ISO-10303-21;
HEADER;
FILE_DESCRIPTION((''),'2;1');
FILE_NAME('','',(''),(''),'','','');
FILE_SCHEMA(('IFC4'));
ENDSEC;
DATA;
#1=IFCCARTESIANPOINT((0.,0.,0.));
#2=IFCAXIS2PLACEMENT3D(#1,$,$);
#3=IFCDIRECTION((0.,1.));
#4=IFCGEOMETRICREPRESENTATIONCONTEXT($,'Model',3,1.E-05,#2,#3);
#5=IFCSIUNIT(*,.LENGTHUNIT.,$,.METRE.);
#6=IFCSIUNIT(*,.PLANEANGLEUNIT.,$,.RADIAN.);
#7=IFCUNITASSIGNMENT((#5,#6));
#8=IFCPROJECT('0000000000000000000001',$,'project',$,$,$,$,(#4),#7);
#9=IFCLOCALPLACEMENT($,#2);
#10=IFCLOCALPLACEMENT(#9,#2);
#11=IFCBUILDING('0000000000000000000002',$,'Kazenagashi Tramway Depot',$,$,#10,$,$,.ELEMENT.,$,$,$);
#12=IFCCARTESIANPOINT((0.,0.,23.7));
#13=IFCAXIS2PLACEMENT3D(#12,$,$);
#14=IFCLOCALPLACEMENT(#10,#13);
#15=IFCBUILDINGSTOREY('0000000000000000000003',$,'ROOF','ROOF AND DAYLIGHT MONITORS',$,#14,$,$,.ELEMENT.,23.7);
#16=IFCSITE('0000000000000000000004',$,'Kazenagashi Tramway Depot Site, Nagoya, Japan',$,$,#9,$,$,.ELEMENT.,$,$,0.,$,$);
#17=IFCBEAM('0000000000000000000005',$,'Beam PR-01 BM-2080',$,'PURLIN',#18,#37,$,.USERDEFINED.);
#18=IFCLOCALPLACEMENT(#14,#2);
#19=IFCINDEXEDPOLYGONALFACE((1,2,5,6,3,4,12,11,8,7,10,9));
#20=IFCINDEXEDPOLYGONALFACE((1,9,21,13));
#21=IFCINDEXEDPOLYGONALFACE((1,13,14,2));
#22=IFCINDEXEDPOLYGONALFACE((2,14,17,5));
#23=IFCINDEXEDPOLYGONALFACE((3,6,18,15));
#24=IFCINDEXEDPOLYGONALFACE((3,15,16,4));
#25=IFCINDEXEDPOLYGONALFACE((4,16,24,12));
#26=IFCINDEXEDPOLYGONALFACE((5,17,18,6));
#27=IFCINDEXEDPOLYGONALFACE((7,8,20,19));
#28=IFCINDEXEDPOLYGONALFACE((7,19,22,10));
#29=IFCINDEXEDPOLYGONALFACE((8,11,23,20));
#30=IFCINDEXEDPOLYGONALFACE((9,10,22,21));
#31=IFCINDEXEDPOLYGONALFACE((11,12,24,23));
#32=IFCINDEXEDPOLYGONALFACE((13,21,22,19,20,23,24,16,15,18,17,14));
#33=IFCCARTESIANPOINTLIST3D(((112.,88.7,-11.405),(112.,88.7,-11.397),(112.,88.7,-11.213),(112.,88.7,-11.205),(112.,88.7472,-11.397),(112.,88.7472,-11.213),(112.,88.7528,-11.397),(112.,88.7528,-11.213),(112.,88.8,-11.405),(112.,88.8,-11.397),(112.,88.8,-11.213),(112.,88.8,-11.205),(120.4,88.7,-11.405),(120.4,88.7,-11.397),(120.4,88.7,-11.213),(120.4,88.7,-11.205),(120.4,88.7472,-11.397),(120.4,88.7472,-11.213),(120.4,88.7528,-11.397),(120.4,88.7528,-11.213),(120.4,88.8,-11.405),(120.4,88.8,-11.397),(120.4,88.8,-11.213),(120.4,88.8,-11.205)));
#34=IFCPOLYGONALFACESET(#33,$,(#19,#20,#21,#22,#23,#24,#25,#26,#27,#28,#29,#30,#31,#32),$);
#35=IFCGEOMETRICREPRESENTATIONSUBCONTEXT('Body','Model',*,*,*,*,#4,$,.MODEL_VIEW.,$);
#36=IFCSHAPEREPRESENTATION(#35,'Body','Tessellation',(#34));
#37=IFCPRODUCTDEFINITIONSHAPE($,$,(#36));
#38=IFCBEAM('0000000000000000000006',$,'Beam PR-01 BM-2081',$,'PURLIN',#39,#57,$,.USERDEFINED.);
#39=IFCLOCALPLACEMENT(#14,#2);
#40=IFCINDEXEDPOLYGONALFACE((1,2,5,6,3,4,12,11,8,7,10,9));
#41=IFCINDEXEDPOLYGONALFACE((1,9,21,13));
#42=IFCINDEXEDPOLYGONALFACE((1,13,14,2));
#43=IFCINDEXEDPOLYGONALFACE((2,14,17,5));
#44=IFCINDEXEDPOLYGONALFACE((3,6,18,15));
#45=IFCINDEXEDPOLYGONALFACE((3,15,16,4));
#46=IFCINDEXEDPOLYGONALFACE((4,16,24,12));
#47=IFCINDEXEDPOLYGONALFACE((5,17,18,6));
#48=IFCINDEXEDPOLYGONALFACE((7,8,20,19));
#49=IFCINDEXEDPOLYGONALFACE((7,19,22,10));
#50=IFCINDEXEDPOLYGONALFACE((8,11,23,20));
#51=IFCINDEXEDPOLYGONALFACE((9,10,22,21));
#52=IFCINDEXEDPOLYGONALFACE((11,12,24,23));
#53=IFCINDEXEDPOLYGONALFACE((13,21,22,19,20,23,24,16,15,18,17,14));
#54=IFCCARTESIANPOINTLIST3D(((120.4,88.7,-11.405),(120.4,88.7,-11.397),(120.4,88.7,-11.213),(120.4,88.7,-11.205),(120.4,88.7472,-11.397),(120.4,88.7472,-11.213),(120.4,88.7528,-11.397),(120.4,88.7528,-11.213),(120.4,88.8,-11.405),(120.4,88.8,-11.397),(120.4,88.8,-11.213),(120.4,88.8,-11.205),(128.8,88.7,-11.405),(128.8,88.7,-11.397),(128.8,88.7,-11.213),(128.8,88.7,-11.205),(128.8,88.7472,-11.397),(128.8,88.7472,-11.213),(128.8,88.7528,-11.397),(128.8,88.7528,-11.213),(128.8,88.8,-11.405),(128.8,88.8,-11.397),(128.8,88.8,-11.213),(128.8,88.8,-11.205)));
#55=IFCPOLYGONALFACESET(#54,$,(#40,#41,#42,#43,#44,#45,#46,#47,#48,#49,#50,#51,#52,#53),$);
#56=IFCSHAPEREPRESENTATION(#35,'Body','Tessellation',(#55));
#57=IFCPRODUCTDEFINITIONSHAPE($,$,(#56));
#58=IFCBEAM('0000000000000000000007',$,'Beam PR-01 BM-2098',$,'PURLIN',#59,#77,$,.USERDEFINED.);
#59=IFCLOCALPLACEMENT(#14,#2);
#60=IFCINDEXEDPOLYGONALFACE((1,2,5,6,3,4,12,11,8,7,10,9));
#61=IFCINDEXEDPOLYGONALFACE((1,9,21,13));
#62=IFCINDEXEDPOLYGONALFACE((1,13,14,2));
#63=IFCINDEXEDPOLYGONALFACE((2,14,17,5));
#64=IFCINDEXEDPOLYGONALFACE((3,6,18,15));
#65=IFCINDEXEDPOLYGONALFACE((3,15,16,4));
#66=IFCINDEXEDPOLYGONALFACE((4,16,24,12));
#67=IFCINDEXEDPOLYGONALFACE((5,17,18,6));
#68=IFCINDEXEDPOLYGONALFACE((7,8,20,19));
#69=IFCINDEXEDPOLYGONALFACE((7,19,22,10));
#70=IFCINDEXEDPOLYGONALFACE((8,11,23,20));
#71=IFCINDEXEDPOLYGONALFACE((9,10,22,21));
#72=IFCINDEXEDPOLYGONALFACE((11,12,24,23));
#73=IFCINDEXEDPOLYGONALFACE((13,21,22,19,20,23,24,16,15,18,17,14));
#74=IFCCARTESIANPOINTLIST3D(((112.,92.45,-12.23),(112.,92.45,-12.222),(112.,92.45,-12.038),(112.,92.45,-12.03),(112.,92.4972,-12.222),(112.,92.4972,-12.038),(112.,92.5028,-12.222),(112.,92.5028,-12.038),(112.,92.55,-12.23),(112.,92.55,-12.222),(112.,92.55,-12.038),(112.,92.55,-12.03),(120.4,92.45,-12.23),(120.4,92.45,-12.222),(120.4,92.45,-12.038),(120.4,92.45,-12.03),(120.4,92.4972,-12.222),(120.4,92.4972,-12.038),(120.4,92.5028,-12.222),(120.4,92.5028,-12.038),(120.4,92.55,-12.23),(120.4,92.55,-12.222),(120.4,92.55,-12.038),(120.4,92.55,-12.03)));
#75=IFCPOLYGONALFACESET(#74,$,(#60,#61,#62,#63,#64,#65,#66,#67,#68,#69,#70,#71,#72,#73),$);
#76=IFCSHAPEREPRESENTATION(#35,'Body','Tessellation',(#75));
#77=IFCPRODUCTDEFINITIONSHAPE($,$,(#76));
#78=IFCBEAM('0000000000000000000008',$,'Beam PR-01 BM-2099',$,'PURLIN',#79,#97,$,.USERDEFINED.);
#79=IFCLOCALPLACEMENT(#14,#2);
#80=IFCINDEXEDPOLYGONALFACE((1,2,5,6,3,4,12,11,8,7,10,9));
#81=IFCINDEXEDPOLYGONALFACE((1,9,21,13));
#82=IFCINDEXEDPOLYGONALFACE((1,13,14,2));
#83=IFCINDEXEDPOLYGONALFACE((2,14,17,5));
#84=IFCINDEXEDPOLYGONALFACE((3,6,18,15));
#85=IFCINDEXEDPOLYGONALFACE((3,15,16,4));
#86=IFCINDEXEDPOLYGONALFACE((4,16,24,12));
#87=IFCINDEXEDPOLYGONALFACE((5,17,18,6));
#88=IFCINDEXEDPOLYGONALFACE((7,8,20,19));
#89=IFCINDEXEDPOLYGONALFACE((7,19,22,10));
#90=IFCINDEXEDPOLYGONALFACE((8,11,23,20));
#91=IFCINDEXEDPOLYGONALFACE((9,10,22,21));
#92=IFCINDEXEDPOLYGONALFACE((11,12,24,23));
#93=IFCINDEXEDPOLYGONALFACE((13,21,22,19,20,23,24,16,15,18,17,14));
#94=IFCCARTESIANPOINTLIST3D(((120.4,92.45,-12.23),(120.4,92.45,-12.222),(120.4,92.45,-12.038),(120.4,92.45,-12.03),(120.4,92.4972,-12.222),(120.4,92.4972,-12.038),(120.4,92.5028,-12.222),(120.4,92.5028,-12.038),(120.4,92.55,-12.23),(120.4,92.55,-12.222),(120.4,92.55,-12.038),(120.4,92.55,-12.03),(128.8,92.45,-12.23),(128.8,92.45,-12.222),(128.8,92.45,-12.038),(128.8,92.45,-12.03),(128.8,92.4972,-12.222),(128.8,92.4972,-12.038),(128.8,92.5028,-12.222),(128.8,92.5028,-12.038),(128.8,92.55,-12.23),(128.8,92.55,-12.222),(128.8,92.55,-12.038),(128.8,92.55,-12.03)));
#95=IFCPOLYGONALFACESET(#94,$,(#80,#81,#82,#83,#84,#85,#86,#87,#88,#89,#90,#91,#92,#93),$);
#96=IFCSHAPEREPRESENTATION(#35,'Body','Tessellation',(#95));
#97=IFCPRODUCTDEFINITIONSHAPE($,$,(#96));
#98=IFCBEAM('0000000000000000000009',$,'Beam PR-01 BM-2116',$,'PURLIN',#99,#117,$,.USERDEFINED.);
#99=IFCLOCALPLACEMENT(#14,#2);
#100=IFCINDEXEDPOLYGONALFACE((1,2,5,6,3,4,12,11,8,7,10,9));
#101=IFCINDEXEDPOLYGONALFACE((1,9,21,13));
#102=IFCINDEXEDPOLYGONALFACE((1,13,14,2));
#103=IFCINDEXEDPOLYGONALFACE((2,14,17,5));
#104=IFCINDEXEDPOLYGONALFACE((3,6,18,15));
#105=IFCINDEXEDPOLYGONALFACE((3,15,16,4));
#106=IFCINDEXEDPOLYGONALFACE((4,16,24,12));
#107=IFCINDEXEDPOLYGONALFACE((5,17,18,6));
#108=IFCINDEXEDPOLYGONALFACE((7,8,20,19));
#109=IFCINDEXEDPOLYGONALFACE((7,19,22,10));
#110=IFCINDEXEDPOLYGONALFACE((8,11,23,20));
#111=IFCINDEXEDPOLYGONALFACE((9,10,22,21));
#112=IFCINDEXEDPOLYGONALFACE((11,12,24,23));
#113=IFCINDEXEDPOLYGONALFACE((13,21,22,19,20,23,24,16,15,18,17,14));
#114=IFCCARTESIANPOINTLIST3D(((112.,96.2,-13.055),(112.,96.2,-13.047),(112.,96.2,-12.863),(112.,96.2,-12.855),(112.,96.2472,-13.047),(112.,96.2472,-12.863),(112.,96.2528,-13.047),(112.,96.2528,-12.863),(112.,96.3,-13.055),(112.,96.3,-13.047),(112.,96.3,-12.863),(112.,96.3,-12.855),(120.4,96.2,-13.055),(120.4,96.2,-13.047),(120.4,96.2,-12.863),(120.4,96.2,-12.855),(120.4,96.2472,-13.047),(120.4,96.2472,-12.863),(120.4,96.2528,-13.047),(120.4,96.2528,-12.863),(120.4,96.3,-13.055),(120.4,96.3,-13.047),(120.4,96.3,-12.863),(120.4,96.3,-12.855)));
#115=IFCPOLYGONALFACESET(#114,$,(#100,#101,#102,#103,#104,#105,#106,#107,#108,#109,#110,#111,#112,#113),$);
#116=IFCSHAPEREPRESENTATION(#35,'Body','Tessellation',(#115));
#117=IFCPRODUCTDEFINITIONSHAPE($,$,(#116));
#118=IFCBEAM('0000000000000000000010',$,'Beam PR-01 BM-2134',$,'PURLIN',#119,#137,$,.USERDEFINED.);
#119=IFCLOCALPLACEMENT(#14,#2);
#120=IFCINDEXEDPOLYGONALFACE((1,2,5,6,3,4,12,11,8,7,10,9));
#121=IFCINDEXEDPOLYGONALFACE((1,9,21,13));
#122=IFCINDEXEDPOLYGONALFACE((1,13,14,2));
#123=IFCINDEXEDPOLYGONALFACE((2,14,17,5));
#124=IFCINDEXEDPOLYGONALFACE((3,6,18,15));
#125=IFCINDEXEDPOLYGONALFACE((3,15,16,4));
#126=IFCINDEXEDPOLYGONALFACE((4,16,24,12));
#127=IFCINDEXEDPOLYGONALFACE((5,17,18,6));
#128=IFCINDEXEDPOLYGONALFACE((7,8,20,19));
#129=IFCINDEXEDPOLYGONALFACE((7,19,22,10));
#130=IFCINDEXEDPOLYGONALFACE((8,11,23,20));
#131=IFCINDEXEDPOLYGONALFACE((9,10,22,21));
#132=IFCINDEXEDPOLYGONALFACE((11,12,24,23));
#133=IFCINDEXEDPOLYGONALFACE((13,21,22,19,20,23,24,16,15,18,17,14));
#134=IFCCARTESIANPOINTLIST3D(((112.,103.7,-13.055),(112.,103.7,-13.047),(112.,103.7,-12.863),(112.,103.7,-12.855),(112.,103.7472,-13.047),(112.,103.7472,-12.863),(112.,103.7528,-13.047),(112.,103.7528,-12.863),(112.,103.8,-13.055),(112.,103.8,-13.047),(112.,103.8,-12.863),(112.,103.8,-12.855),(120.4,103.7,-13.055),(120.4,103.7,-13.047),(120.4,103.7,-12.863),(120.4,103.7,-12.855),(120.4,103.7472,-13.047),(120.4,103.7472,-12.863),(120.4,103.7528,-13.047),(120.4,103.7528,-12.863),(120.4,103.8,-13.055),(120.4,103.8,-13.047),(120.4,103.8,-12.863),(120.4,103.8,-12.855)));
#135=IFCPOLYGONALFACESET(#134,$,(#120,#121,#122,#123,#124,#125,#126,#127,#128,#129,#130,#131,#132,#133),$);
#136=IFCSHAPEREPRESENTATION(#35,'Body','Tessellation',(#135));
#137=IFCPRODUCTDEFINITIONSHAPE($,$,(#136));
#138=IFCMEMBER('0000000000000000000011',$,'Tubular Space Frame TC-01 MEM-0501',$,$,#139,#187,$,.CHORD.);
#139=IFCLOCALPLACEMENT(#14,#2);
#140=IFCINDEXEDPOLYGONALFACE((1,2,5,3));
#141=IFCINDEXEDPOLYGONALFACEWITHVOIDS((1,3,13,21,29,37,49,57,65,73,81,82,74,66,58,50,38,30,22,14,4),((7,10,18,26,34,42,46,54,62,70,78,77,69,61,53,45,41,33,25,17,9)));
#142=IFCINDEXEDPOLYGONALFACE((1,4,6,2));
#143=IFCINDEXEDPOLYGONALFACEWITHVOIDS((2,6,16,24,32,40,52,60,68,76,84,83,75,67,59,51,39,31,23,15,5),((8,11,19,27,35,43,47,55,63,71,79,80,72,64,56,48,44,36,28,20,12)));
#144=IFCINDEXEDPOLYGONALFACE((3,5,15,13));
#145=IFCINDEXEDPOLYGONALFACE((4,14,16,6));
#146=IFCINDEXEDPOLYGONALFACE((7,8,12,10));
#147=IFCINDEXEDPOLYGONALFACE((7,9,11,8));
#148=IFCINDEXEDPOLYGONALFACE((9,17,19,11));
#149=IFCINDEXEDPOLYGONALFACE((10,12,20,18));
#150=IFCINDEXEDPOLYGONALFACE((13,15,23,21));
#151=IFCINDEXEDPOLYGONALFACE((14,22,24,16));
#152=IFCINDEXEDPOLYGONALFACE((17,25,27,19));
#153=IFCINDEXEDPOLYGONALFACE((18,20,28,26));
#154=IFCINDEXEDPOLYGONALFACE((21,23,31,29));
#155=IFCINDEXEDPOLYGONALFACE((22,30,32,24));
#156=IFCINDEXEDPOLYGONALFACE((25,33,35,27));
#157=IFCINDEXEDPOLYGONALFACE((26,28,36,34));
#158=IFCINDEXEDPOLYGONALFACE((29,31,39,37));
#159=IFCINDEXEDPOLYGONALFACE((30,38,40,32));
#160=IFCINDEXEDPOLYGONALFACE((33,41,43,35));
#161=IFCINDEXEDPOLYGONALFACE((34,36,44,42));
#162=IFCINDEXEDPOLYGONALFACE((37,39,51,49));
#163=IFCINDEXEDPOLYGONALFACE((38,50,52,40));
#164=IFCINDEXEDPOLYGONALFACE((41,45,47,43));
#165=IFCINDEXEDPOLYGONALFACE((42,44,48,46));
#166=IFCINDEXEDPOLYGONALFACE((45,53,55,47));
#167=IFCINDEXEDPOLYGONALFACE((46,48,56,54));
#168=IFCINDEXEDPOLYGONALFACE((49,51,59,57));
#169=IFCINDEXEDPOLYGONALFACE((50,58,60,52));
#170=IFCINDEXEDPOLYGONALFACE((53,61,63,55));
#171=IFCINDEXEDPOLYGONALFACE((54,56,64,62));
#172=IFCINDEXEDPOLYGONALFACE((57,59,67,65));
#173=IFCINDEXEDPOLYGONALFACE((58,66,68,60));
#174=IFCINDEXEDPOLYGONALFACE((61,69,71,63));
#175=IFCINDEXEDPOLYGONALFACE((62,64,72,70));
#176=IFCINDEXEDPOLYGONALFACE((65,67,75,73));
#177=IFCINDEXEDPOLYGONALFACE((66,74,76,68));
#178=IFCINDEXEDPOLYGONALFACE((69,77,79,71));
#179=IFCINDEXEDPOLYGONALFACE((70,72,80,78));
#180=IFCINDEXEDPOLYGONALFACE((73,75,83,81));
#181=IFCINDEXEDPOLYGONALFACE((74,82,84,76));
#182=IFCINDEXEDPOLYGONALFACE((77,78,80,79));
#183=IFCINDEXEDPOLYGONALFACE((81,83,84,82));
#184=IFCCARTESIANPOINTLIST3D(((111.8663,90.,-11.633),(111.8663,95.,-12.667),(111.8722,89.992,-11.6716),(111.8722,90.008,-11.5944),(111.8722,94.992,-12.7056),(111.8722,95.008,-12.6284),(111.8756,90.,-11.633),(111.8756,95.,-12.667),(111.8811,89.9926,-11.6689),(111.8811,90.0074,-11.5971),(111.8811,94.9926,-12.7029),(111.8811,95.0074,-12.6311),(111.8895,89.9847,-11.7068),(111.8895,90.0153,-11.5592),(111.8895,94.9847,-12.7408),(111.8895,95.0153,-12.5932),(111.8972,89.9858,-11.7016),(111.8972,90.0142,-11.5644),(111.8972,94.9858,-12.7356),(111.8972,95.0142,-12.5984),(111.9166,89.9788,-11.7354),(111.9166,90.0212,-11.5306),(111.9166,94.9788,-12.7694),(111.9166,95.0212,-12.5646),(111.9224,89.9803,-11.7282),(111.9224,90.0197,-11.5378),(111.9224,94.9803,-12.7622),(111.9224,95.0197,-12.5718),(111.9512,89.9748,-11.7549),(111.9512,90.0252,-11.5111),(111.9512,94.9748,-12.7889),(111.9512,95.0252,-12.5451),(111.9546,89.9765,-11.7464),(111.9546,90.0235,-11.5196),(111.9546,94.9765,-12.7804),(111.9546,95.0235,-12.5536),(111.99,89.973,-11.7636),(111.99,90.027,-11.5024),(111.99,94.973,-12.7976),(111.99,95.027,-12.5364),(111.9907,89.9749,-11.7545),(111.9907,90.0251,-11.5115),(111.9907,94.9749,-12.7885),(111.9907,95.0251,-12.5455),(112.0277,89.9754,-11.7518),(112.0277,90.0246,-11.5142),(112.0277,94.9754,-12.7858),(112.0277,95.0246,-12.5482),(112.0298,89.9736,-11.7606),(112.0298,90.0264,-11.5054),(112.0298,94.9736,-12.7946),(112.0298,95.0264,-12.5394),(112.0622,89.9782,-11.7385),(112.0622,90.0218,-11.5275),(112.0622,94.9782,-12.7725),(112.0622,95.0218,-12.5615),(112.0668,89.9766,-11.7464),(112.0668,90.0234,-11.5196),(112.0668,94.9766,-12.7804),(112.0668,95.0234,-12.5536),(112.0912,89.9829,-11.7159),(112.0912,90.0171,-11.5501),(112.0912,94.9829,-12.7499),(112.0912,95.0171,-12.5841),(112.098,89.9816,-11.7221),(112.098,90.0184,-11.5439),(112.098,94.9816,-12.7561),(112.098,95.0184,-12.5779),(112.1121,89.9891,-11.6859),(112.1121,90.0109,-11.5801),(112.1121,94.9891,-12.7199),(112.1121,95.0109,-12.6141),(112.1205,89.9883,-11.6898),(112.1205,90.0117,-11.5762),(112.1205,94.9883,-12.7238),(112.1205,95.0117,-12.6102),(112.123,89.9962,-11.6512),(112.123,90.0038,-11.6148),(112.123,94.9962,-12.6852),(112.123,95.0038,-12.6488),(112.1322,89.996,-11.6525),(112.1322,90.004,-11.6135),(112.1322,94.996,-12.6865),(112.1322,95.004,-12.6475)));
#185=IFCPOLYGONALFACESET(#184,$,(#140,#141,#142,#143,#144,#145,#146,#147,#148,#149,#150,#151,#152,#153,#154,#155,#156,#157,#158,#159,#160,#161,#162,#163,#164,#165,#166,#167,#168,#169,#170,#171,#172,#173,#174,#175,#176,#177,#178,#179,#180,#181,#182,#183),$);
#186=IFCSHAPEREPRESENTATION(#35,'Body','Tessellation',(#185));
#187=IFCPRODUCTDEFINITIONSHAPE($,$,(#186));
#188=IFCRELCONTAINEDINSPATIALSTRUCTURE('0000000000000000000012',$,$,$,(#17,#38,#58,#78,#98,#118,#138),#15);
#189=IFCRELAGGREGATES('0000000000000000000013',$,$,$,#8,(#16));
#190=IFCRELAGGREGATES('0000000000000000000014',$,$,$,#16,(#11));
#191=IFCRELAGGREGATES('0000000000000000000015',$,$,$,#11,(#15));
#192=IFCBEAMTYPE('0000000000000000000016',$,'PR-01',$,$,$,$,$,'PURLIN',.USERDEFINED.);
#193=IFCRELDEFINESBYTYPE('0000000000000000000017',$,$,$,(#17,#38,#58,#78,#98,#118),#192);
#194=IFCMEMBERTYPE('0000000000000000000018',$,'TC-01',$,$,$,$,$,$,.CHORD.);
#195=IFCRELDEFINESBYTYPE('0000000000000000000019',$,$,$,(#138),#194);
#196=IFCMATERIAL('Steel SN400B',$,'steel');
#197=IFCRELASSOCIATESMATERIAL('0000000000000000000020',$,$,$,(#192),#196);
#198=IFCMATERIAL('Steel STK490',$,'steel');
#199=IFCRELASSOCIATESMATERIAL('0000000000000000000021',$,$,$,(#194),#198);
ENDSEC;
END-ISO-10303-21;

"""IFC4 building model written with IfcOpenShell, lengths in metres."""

from ifc_helpers import new_model, si_unit, direction, frame, origin, origin_2d, place, context, subcontext, project, spatial, hollow_circle, i_section, extrude, material, material_profile, profile_set, type_object, element, save


model = new_model("IFC4")

# Units and contexts
model_context = context("Model", 3, precision=1e-05, world=origin(), true_north=direction((0.0, 1.0)))
body_context = subcontext(model_context, "Body", "Model", "MODEL_VIEW")
ifc_project = project(units=[si_unit("LENGTHUNIT", "METRE"), si_unit("PLANEANGLEUNIT", "RADIAN")], contexts=[model_context])

# Site, building, storey
site_placement = place(None, origin())
site = spatial("IfcSite", under=ifc_project, at=site_placement, Name="Kazenagashi Tramway Depot Site, Nagoya, Japan", CompositionType="ELEMENT", RefElevation=0.0)
building_placement = place(site_placement, origin())
building = spatial("IfcBuilding", under=site, at=building_placement, Name="Kazenagashi Tramway Depot", CompositionType="ELEMENT")
storey_placement = place(building_placement, frame((0.0, 0.0, 23.7)))
storey = spatial("IfcBuildingStorey", under=building, at=storey_placement, Name="ROOF", Description="ROOF AND DAYLIGHT MONITORS", CompositionType="ELEMENT", Elevation=23.7)

# Beams
ifc_material_1 = material(Name="Steel SN400B", Category="steel")
ifc_material_profile_1 = material_profile(ifc_material_1, i_section(OverallWidth=0.1, OverallDepth=0.2, WebThickness=0.0055, FlangeThickness=0.008, at=origin_2d()), Name="H-200x100x5.5x8")
ifc_profile_set_1 = profile_set([ifc_material_profile_1], Name="Steel SN400B")
beam_type = type_object("IfcBeamType", Name="PR-01", ElementType="PURLIN", PredefinedType="USERDEFINED", material=ifc_profile_set_1)
for number, where, z_axis, x_axis, name in (
    (1, (112.0, 88.75, -11.305), (1.0, 0.0, 0.0), (0.0, 1.0, 0.0), "Beam PR-01 BM-2080"),
    (2, (120.4, 88.75, -11.305), (1.0, 0.0, 0.0), (0.0, 1.0, 0.0), "Beam PR-01 BM-2081"),
    (3, (112.0, 92.5, -12.13), (1.0, 0.0, 0.0), (0.0, 1.0, 0.0), "Beam PR-01 BM-2098"),
    (4, (120.4, 92.5, -12.13), (1.0, 0.0, 0.0), (0.0, 1.0, 0.0), "Beam PR-01 BM-2099"),
    (5, (112.0, 96.25, -12.955), (1.0, 0.0, 0.0), (0.0, 1.0, 0.0), "Beam PR-01 BM-2116"),
    (6, (112.0, 103.75, -12.955), (1.0, 0.0, 0.0), (0.0, 1.0, 0.0), "Beam PR-01 BM-2134"),
):
    element("IfcBeam", number, at=place(storey_placement, frame(where, z_axis=z_axis, x_axis=x_axis)), inside=storey, type_object=beam_type, Name=name, ObjectType="PURLIN", PredefinedType="USERDEFINED", context=body_context, shape_type="SweptSolid", body=[
        extrude(i_section(OverallWidth=0.1, OverallDepth=0.2, WebThickness=0.0055, FlangeThickness=0.008, at=origin_2d()), origin(), (0.0, 0.0, 1.0), 8.4),
    ])

# Member
ifc_material_2 = material(Name="Steel STK490", Category="steel")
ifc_material_profile_2 = material_profile(ifc_material_2, hollow_circle(Radius=0.1337, WallThickness=0.0093, at=origin_2d()), Name="CHS-267.4x9.3")
ifc_profile_set_2 = profile_set([ifc_material_profile_2], Name="Steel STK490")
member_type_1 = type_object("IfcMemberType", Name="TC-01", PredefinedType="CHORD", material=ifc_profile_set_2)
member_1_placement = place(storey_placement, frame((112.0, 90.0, -11.633), z_axis=(0.0, 0.979279, -0.202515), x_axis=(-1.0, 0.0, 0.0)))
element("IfcMember", 7, at=member_1_placement, inside=storey, type_object=member_type_1, Name="Tubular Space Frame TC-01 MEM-0501", PredefinedType="CHORD", context=body_context, shape_type="SweptSolid", body=[
    extrude(hollow_circle(Radius=0.1337, WallThickness=0.0093, at=origin_2d()), origin(), (0.0, 0.0, 1.0), 5.1058),
])

save(model, "model.ifc")
